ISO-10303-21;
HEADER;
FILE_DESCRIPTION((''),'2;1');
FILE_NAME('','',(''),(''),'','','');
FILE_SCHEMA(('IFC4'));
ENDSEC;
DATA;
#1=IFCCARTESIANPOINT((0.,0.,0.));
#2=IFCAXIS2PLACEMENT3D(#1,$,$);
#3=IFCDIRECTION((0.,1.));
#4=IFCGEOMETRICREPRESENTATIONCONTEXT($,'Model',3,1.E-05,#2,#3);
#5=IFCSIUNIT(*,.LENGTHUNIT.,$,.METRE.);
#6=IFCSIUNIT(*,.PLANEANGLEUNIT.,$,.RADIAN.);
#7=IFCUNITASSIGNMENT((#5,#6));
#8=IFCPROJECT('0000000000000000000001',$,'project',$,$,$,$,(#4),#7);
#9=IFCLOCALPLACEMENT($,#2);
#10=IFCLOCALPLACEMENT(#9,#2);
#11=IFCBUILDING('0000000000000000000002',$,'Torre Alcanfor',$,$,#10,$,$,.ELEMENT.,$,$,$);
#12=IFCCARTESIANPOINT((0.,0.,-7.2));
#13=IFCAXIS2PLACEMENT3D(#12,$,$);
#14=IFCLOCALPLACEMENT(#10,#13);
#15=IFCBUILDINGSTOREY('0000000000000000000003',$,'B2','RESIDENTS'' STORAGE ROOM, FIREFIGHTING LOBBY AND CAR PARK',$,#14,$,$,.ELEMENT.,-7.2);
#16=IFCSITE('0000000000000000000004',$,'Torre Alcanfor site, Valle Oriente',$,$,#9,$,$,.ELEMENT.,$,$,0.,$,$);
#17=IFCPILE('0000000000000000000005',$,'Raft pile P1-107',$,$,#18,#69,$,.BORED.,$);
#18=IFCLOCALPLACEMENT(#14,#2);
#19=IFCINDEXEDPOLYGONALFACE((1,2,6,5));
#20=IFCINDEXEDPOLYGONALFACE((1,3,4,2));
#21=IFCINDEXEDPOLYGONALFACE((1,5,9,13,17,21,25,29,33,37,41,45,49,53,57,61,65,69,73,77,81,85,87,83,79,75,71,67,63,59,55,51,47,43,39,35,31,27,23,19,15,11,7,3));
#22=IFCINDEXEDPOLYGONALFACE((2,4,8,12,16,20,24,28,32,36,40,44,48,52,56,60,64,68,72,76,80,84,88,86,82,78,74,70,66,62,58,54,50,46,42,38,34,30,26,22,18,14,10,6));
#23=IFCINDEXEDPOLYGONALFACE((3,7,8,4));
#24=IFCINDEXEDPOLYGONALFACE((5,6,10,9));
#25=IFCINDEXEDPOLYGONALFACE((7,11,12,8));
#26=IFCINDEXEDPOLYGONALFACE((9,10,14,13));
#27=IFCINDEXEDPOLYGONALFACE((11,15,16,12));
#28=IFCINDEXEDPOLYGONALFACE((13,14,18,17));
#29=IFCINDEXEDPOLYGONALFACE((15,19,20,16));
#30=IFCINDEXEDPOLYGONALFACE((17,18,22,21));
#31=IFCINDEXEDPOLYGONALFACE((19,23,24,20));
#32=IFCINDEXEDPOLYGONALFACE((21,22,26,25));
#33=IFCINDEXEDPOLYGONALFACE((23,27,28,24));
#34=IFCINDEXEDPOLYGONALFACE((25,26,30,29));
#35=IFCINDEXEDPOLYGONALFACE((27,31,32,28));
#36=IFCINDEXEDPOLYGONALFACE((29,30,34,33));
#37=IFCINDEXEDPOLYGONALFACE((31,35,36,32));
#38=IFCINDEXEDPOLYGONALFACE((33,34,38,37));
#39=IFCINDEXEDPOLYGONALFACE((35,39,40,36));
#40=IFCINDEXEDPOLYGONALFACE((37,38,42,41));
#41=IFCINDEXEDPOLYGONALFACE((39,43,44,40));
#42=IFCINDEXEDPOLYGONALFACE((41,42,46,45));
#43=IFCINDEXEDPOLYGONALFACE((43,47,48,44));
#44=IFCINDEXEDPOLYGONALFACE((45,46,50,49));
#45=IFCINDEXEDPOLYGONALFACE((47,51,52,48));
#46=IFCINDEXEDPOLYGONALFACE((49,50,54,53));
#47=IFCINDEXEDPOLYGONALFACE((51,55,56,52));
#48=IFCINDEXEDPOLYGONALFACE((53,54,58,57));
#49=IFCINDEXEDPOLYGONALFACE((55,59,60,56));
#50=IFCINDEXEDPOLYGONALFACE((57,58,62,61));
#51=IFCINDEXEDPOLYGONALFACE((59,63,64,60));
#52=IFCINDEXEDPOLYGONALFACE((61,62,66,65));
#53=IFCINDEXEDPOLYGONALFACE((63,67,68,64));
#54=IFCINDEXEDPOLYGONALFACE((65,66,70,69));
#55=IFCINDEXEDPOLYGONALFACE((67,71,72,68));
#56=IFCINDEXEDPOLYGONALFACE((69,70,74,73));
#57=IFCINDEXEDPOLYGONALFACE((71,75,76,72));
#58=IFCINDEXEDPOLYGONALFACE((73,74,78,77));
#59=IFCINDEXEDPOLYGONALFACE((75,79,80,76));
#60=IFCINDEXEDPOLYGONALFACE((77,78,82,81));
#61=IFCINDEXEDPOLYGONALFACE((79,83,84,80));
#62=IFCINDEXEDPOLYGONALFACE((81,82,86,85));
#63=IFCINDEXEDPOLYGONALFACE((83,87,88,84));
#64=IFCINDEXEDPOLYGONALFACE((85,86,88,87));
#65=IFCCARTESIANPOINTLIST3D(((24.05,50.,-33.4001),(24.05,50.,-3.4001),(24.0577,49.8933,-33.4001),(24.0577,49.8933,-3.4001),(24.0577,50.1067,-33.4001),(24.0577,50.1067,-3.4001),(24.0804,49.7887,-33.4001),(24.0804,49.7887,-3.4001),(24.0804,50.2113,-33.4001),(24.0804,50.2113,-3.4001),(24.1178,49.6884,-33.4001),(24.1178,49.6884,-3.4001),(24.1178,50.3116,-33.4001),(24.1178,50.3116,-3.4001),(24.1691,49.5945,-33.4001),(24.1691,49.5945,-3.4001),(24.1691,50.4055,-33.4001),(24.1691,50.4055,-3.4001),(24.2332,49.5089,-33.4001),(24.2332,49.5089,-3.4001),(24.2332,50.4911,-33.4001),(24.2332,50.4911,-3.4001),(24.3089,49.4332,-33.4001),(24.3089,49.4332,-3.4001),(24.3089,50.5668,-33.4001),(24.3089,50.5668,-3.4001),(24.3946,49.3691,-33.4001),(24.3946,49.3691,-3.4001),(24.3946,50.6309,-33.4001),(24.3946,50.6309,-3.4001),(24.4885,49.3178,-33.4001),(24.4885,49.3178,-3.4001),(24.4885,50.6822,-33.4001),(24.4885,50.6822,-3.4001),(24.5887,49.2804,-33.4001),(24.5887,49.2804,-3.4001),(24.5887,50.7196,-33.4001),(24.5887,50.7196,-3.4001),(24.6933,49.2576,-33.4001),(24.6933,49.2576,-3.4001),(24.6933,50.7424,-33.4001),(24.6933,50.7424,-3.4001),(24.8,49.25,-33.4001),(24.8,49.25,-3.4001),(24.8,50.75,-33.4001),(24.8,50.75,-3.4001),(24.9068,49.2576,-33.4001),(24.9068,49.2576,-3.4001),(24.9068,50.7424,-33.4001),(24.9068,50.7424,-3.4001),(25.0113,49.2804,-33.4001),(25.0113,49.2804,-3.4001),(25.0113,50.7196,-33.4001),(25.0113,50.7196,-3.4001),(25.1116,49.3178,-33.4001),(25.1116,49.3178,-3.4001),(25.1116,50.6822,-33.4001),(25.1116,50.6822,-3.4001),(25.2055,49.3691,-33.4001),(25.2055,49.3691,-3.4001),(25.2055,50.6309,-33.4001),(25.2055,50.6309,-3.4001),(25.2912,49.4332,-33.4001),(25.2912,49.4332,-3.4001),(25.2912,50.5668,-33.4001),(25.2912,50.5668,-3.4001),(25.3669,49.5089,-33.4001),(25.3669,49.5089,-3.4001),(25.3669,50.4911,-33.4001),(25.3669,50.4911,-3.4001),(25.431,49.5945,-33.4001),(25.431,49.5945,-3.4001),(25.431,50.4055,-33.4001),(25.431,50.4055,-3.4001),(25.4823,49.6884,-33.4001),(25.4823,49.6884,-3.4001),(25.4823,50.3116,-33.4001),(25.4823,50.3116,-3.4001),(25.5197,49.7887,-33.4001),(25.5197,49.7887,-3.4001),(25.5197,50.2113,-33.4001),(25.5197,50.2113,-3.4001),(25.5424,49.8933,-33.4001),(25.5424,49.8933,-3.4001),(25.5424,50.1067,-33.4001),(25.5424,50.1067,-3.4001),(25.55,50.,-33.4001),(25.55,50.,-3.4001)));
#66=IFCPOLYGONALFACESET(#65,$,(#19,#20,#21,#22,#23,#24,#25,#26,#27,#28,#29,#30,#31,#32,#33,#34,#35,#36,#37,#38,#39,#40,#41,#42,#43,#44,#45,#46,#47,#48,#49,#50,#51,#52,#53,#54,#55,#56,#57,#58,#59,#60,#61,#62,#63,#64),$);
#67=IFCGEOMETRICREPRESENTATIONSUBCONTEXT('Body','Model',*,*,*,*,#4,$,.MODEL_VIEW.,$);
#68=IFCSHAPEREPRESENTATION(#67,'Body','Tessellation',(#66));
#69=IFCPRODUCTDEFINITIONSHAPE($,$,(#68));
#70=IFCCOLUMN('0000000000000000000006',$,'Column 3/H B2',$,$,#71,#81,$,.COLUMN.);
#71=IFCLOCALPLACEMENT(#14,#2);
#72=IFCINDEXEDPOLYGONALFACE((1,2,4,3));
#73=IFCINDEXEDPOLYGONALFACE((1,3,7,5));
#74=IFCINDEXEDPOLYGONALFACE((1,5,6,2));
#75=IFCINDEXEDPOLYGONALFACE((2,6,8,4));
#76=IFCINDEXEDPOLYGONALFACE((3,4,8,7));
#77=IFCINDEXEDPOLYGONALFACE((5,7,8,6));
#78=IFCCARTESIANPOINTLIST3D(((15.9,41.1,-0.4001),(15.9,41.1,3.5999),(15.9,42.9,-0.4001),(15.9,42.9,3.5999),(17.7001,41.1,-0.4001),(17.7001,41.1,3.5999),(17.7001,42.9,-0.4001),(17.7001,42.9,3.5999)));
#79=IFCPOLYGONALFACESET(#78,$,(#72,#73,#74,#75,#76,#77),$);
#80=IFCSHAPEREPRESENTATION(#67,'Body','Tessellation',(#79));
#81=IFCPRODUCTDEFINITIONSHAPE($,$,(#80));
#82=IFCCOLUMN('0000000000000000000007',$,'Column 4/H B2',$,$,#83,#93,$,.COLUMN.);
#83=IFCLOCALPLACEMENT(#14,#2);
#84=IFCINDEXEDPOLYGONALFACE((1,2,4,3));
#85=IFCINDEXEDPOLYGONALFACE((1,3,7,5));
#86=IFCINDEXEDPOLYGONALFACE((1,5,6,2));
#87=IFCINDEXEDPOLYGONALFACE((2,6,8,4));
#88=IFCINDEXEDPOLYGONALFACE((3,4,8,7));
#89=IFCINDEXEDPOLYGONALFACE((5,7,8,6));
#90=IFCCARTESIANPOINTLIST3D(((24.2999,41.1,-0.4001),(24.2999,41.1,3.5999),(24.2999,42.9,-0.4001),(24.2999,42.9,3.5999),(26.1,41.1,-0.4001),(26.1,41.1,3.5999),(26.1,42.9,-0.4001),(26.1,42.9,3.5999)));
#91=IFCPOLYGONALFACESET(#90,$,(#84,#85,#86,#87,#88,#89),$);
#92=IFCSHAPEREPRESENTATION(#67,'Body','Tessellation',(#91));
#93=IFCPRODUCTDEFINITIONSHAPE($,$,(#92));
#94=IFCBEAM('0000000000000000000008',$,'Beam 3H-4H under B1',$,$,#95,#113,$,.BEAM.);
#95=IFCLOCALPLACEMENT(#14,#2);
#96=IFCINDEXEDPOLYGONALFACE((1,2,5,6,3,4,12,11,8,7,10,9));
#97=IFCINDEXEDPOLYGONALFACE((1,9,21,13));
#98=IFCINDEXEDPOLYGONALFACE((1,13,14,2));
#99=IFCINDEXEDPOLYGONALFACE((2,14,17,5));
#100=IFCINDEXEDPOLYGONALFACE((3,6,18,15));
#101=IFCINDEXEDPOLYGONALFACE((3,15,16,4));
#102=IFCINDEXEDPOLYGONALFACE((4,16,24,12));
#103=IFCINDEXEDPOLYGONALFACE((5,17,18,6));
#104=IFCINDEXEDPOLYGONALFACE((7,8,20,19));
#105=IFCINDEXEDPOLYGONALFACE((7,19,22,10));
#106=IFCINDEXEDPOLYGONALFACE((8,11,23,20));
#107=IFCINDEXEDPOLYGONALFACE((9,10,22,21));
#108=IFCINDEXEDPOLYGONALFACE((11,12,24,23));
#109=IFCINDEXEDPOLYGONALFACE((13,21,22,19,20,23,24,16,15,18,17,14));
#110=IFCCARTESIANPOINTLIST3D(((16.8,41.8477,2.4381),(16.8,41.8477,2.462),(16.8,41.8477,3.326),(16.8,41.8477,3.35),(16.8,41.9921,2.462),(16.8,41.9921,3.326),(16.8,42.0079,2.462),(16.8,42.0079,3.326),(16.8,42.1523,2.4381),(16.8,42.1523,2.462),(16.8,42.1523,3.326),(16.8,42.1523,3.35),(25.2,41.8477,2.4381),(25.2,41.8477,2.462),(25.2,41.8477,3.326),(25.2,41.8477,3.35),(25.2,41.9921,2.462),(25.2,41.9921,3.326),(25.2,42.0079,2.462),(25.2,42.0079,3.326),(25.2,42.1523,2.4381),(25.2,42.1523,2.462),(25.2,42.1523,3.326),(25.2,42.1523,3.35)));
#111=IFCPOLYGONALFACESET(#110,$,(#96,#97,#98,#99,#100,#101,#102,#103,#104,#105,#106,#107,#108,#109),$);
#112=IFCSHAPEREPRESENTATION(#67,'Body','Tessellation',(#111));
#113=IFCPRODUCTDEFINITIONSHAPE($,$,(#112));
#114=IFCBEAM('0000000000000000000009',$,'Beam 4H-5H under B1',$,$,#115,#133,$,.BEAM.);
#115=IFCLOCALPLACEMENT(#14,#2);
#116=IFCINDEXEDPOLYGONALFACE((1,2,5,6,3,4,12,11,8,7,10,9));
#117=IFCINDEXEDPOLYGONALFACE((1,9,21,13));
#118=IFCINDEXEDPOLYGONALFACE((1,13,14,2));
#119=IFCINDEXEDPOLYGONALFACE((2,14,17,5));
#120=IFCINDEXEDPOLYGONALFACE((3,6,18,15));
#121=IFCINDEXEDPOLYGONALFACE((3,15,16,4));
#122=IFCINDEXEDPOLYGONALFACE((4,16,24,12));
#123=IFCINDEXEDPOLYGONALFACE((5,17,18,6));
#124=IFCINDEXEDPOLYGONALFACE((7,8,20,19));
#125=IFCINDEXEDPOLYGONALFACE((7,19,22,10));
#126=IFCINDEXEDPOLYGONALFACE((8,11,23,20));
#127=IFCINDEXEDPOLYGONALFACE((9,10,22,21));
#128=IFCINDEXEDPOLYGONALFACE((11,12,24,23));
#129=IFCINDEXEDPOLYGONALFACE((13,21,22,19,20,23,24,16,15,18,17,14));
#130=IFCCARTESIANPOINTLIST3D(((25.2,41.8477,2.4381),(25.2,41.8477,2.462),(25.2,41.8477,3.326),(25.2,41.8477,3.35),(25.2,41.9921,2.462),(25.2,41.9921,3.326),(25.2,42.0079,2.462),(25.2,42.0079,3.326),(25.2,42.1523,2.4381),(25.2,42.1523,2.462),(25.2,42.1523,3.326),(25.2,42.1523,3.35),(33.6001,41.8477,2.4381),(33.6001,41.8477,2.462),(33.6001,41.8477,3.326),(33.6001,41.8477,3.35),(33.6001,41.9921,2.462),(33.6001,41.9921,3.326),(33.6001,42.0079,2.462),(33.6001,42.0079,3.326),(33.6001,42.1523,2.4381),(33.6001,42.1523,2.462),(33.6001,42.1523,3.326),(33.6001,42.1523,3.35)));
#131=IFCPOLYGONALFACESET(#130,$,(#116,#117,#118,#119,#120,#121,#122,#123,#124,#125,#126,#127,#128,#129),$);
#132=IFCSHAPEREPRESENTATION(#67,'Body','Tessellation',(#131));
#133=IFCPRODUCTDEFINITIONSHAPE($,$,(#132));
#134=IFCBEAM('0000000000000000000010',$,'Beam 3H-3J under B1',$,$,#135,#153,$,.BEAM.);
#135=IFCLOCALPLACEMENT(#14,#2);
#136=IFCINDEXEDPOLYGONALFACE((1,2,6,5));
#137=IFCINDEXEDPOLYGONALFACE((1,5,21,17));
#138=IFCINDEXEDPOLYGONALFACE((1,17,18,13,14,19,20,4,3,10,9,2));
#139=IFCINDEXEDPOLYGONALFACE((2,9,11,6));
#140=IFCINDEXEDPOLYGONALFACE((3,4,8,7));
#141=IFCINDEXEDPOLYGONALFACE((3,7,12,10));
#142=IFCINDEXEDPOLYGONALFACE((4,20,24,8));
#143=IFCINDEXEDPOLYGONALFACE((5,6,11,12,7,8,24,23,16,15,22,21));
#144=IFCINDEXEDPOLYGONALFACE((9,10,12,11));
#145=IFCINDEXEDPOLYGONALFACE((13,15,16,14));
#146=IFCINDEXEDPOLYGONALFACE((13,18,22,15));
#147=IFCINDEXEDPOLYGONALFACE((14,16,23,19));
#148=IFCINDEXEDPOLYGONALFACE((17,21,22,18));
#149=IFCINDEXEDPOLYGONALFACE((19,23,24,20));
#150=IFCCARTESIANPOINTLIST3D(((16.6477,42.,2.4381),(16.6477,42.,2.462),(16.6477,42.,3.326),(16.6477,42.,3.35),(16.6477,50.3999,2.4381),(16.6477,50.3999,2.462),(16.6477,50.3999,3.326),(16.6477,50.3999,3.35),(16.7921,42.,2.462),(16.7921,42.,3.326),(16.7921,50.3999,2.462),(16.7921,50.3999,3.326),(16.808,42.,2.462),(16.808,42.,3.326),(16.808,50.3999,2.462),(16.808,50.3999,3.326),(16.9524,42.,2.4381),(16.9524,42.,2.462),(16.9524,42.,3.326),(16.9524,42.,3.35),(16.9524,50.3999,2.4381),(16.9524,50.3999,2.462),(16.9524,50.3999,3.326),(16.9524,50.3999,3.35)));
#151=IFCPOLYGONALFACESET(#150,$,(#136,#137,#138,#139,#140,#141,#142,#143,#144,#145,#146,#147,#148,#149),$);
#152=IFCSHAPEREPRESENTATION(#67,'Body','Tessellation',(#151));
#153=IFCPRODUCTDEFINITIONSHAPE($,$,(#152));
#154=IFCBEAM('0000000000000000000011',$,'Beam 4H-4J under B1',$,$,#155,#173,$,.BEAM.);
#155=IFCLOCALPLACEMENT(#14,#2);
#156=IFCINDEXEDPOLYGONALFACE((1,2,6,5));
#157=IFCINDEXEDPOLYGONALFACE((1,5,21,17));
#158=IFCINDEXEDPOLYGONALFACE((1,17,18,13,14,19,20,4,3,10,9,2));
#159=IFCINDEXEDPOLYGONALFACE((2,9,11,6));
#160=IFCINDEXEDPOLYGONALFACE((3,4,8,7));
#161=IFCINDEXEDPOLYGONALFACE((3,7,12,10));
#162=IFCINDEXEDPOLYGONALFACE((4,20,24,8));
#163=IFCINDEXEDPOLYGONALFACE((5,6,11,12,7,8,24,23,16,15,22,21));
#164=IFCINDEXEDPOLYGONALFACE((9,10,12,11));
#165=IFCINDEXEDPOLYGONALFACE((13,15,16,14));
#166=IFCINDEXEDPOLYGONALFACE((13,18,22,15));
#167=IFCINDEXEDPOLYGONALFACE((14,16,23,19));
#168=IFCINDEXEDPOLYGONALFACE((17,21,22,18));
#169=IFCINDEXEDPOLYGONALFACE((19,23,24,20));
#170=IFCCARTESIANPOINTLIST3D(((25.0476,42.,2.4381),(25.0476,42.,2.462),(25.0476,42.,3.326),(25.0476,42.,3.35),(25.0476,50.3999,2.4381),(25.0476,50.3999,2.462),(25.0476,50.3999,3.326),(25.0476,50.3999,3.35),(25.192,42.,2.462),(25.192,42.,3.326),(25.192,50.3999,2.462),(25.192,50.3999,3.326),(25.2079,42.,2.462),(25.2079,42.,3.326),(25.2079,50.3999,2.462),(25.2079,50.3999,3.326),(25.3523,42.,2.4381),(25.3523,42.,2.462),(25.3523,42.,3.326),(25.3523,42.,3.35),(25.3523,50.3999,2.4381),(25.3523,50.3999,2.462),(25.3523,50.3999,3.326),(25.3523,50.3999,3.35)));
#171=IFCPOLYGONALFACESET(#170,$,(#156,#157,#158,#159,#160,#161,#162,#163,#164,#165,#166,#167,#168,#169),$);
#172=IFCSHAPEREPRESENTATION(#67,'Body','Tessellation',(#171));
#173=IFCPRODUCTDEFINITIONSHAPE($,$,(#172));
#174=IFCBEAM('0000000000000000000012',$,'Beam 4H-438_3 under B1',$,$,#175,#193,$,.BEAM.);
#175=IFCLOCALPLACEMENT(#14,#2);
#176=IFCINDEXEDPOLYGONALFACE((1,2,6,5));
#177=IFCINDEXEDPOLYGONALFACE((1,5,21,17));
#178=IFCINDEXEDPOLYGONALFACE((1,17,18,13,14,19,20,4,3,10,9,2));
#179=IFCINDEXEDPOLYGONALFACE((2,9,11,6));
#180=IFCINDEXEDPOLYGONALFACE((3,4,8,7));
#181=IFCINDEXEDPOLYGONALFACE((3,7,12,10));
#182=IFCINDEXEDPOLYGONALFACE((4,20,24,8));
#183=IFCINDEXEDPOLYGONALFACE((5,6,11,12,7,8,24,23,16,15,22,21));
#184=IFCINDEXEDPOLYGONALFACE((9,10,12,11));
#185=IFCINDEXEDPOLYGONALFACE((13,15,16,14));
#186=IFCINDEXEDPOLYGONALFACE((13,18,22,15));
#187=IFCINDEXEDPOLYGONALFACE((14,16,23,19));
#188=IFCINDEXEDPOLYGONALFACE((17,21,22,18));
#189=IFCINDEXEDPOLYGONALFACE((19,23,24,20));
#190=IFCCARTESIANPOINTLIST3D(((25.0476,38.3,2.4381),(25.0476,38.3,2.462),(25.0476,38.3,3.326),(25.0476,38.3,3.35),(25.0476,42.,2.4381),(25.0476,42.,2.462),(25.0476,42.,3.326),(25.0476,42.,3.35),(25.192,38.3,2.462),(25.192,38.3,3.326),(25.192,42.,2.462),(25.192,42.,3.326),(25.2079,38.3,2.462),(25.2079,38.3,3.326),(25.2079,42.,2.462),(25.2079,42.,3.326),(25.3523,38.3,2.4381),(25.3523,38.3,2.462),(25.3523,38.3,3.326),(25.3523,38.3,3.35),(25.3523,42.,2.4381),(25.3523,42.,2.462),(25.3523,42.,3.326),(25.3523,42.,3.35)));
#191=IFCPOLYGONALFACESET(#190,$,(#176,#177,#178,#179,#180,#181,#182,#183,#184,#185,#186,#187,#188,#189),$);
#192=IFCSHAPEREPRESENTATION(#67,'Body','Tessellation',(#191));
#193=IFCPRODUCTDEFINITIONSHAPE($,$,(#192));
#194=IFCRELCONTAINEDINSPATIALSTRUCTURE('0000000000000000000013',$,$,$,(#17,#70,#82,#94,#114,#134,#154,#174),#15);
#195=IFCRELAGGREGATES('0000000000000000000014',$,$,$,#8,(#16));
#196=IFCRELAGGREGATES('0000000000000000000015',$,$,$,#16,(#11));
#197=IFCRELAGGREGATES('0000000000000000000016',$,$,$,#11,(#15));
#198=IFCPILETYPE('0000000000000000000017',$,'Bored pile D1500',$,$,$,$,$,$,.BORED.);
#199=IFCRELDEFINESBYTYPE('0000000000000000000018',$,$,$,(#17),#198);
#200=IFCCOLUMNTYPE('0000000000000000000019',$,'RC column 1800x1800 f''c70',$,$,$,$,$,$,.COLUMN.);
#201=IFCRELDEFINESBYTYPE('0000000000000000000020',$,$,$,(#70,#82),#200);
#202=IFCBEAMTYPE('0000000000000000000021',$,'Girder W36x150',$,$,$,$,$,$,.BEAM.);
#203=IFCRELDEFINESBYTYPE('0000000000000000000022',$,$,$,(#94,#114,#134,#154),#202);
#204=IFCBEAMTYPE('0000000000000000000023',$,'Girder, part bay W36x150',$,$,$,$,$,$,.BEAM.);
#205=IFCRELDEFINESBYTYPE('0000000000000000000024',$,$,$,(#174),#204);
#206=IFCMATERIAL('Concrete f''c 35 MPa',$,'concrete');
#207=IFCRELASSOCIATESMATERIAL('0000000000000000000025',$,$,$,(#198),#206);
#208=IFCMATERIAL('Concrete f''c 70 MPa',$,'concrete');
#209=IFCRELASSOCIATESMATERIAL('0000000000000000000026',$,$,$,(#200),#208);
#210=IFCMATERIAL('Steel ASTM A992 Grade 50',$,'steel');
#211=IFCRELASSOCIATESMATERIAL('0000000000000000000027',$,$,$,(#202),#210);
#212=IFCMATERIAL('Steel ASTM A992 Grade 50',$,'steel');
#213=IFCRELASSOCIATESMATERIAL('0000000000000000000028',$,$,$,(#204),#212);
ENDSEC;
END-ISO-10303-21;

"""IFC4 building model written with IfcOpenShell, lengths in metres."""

from ifc_helpers import new_model, si_unit, direction, frame, origin, origin_2d, place, context, subcontext, project, spatial, rectangle, circle, i_section, extrude, material, material_profile, profile_set, type_object, element, save


model = new_model("IFC4")

# Units and contexts
model_context = context("Model", 3, precision=1e-05, world=origin(), true_north=direction((0.0, 1.0)))
body_context = subcontext(model_context, "Body", "Model", "MODEL_VIEW")
ifc_project = project(units=[si_unit("LENGTHUNIT", "METRE"), si_unit("PLANEANGLEUNIT", "RADIAN")], contexts=[model_context])

# Site, building, storey
site_placement = place(None, origin())
site = spatial("IfcSite", under=ifc_project, at=site_placement, Name="Torre Alcanfor site, Valle Oriente", CompositionType="ELEMENT", RefElevation=0.0)
building_placement = place(site_placement, origin())
building = spatial("IfcBuilding", under=site, at=building_placement, Name="Torre Alcanfor", CompositionType="ELEMENT")
storey_placement = place(building_placement, frame((0.0, 0.0, -7.2)))
storey = spatial("IfcBuildingStorey", under=building, at=storey_placement, Name="B2", Description="RESIDENTS' STORAGE ROOM, FIREFIGHTING LOBBY AND CAR PARK", CompositionType="ELEMENT", Elevation=-7.2)

# Pile
ifc_material_1 = material(Name="Concrete f'c 35 MPa", Category="concrete")
ifc_material_profile_1 = material_profile(ifc_material_1, circle(Radius=0.75, at=origin_2d()), Name="D1500")
ifc_profile_set_1 = profile_set([ifc_material_profile_1], Name="Concrete f'c 35 MPa")
pile_type = type_object("IfcPileType", Name="Bored pile D1500", PredefinedType="BORED", material=ifc_profile_set_1)
for number, where, z_axis, x_axis, name in (
    (1, (24.8, 50.0, -3.4001), (0.0, 0.0, -1.0), (1.0, 0.0, 0.0), "Raft pile P1-107"),
):
    element("IfcPile", number, at=place(storey_placement, frame(where, z_axis=z_axis, x_axis=x_axis)), inside=storey, type_object=pile_type, Name=name, PredefinedType="BORED", context=body_context, shape_type="SweptSolid", body=[
        extrude(circle(Radius=0.75, at=origin_2d()), origin(), (0.0, 0.0, 1.0), 30.0),
    ])

# Columns
ifc_material_2 = material(Name="Concrete f'c 70 MPa", Category="concrete")
ifc_material_profile_2 = material_profile(ifc_material_2, rectangle(XDim=1.8, YDim=1.8, at=origin_2d()), Name="1800x1800")
ifc_profile_set_2 = profile_set([ifc_material_profile_2], Name="Concrete f'c 70 MPa")
column_type = type_object("IfcColumnType", Name="RC column 1800x1800 f'c70", PredefinedType="COLUMN", material=ifc_profile_set_2)
for number, where, z_axis, x_axis, name in (
    (2, (16.8, 42.0, -0.4001), (0.0, 0.0, 1.0), (1.0, 0.0, 0.0), "Column 3/H B2"),
    (3, (25.2, 42.0, -0.4001), (0.0, 0.0, 1.0), (1.0, 0.0, 0.0), "Column 4/H B2"),
):
    element("IfcColumn", number, at=place(storey_placement, frame(where, z_axis=z_axis, x_axis=x_axis)), inside=storey, type_object=column_type, Name=name, PredefinedType="COLUMN", context=body_context, shape_type="SweptSolid", body=[
        extrude(rectangle(XDim=1.8, YDim=1.8, at=origin_2d()), origin(), (0.0, 0.0, 1.0), 4.0),
    ])

# Beams
ifc_material_3 = material(Name="Steel ASTM A992 Grade 50", Category="steel")
ifc_material_profile_3 = material_profile(ifc_material_3, i_section(OverallWidth=0.3047, OverallDepth=0.9119, WebThickness=0.0159, FlangeThickness=0.0239, at=origin_2d()), Name="W36x150")
ifc_profile_set_3 = profile_set([ifc_material_profile_3], Name="Steel ASTM A992 Grade 50")
beam_type_1 = type_object("IfcBeamType", Name="Girder W36x150", PredefinedType="BEAM", material=ifc_profile_set_3)
beam_1_placement = place(storey_placement, frame((16.8, 42.0, 2.894), z_axis=(1.0, 0.0, 0.0), x_axis=(0.0, 1.0, 0.0)))
element("IfcBeam", 4, at=beam_1_placement, inside=storey, type_object=beam_type_1, Name="Beam 3H-4H under B1", PredefinedType="BEAM", context=body_context, shape_type="SweptSolid", body=[
    extrude(i_section(OverallWidth=0.3047, OverallDepth=0.9119, WebThickness=0.0159, FlangeThickness=0.0239, at=origin_2d()), origin(), (0.0, 0.0, 1.0), 8.3999),
])
beam_2_placement = place(storey_placement, frame((25.2, 42.0, 2.894), z_axis=(1.0, 0.0, 0.0), x_axis=(0.0, 1.0, 0.0)))
element("IfcBeam", 5, at=beam_2_placement, inside=storey, type_object=beam_type_1, Name="Beam 4H-5H under B1", PredefinedType="BEAM", context=body_context, shape_type="SweptSolid", body=[
    extrude(i_section(OverallWidth=0.3047, OverallDepth=0.9119, WebThickness=0.0159, FlangeThickness=0.0239, at=origin_2d()), origin(), (0.0, 0.0, 1.0), 8.4001),
])
for number, where, z_axis, x_axis, name in (
    (6, (16.8, 42.0, 2.894), (0.0, 1.0, 0.0), (-1.0, 0.0, 0.0), "Beam 3H-3J under B1"),
    (7, (25.2, 42.0, 2.894), (0.0, 1.0, 0.0), (-1.0, 0.0, 0.0), "Beam 4H-4J under B1"),
):
    element("IfcBeam", number, at=place(storey_placement, frame(where, z_axis=z_axis, x_axis=x_axis)), inside=storey, type_object=beam_type_1, Name=name, PredefinedType="BEAM", context=body_context, shape_type="SweptSolid", body=[
        extrude(i_section(OverallWidth=0.3047, OverallDepth=0.9119, WebThickness=0.0159, FlangeThickness=0.0239, at=origin_2d()), origin(), (0.0, 0.0, 1.0), 8.3999),
    ])
ifc_material_4 = material(Name="Steel ASTM A992 Grade 50", Category="steel")
ifc_material_profile_4 = material_profile(ifc_material_4, i_section(OverallWidth=0.3047, OverallDepth=0.9119, WebThickness=0.0159, FlangeThickness=0.0239, at=origin_2d()), Name="W36x150")
ifc_profile_set_4 = profile_set([ifc_material_profile_4], Name="Steel ASTM A992 Grade 50")
beam_type_2 = type_object("IfcBeamType", Name="Girder, part bay W36x150", PredefinedType="BEAM", material=ifc_profile_set_4)
beam_3_placement = place(storey_placement, frame((25.2, 42.0, 2.894), z_axis=(0.0, -1.0, 0.0), x_axis=(1.0, 0.0, 0.0)))
element("IfcBeam", 8, at=beam_3_placement, inside=storey, type_object=beam_type_2, Name="Beam 4H-438_3 under B1", PredefinedType="BEAM", context=body_context, shape_type="SweptSolid", body=[
    extrude(i_section(OverallWidth=0.3047, OverallDepth=0.9119, WebThickness=0.0159, FlangeThickness=0.0239, at=origin_2d()), origin(), (0.0, 0.0, 1.0), 3.7),
])

save(model, "model.ifc")
